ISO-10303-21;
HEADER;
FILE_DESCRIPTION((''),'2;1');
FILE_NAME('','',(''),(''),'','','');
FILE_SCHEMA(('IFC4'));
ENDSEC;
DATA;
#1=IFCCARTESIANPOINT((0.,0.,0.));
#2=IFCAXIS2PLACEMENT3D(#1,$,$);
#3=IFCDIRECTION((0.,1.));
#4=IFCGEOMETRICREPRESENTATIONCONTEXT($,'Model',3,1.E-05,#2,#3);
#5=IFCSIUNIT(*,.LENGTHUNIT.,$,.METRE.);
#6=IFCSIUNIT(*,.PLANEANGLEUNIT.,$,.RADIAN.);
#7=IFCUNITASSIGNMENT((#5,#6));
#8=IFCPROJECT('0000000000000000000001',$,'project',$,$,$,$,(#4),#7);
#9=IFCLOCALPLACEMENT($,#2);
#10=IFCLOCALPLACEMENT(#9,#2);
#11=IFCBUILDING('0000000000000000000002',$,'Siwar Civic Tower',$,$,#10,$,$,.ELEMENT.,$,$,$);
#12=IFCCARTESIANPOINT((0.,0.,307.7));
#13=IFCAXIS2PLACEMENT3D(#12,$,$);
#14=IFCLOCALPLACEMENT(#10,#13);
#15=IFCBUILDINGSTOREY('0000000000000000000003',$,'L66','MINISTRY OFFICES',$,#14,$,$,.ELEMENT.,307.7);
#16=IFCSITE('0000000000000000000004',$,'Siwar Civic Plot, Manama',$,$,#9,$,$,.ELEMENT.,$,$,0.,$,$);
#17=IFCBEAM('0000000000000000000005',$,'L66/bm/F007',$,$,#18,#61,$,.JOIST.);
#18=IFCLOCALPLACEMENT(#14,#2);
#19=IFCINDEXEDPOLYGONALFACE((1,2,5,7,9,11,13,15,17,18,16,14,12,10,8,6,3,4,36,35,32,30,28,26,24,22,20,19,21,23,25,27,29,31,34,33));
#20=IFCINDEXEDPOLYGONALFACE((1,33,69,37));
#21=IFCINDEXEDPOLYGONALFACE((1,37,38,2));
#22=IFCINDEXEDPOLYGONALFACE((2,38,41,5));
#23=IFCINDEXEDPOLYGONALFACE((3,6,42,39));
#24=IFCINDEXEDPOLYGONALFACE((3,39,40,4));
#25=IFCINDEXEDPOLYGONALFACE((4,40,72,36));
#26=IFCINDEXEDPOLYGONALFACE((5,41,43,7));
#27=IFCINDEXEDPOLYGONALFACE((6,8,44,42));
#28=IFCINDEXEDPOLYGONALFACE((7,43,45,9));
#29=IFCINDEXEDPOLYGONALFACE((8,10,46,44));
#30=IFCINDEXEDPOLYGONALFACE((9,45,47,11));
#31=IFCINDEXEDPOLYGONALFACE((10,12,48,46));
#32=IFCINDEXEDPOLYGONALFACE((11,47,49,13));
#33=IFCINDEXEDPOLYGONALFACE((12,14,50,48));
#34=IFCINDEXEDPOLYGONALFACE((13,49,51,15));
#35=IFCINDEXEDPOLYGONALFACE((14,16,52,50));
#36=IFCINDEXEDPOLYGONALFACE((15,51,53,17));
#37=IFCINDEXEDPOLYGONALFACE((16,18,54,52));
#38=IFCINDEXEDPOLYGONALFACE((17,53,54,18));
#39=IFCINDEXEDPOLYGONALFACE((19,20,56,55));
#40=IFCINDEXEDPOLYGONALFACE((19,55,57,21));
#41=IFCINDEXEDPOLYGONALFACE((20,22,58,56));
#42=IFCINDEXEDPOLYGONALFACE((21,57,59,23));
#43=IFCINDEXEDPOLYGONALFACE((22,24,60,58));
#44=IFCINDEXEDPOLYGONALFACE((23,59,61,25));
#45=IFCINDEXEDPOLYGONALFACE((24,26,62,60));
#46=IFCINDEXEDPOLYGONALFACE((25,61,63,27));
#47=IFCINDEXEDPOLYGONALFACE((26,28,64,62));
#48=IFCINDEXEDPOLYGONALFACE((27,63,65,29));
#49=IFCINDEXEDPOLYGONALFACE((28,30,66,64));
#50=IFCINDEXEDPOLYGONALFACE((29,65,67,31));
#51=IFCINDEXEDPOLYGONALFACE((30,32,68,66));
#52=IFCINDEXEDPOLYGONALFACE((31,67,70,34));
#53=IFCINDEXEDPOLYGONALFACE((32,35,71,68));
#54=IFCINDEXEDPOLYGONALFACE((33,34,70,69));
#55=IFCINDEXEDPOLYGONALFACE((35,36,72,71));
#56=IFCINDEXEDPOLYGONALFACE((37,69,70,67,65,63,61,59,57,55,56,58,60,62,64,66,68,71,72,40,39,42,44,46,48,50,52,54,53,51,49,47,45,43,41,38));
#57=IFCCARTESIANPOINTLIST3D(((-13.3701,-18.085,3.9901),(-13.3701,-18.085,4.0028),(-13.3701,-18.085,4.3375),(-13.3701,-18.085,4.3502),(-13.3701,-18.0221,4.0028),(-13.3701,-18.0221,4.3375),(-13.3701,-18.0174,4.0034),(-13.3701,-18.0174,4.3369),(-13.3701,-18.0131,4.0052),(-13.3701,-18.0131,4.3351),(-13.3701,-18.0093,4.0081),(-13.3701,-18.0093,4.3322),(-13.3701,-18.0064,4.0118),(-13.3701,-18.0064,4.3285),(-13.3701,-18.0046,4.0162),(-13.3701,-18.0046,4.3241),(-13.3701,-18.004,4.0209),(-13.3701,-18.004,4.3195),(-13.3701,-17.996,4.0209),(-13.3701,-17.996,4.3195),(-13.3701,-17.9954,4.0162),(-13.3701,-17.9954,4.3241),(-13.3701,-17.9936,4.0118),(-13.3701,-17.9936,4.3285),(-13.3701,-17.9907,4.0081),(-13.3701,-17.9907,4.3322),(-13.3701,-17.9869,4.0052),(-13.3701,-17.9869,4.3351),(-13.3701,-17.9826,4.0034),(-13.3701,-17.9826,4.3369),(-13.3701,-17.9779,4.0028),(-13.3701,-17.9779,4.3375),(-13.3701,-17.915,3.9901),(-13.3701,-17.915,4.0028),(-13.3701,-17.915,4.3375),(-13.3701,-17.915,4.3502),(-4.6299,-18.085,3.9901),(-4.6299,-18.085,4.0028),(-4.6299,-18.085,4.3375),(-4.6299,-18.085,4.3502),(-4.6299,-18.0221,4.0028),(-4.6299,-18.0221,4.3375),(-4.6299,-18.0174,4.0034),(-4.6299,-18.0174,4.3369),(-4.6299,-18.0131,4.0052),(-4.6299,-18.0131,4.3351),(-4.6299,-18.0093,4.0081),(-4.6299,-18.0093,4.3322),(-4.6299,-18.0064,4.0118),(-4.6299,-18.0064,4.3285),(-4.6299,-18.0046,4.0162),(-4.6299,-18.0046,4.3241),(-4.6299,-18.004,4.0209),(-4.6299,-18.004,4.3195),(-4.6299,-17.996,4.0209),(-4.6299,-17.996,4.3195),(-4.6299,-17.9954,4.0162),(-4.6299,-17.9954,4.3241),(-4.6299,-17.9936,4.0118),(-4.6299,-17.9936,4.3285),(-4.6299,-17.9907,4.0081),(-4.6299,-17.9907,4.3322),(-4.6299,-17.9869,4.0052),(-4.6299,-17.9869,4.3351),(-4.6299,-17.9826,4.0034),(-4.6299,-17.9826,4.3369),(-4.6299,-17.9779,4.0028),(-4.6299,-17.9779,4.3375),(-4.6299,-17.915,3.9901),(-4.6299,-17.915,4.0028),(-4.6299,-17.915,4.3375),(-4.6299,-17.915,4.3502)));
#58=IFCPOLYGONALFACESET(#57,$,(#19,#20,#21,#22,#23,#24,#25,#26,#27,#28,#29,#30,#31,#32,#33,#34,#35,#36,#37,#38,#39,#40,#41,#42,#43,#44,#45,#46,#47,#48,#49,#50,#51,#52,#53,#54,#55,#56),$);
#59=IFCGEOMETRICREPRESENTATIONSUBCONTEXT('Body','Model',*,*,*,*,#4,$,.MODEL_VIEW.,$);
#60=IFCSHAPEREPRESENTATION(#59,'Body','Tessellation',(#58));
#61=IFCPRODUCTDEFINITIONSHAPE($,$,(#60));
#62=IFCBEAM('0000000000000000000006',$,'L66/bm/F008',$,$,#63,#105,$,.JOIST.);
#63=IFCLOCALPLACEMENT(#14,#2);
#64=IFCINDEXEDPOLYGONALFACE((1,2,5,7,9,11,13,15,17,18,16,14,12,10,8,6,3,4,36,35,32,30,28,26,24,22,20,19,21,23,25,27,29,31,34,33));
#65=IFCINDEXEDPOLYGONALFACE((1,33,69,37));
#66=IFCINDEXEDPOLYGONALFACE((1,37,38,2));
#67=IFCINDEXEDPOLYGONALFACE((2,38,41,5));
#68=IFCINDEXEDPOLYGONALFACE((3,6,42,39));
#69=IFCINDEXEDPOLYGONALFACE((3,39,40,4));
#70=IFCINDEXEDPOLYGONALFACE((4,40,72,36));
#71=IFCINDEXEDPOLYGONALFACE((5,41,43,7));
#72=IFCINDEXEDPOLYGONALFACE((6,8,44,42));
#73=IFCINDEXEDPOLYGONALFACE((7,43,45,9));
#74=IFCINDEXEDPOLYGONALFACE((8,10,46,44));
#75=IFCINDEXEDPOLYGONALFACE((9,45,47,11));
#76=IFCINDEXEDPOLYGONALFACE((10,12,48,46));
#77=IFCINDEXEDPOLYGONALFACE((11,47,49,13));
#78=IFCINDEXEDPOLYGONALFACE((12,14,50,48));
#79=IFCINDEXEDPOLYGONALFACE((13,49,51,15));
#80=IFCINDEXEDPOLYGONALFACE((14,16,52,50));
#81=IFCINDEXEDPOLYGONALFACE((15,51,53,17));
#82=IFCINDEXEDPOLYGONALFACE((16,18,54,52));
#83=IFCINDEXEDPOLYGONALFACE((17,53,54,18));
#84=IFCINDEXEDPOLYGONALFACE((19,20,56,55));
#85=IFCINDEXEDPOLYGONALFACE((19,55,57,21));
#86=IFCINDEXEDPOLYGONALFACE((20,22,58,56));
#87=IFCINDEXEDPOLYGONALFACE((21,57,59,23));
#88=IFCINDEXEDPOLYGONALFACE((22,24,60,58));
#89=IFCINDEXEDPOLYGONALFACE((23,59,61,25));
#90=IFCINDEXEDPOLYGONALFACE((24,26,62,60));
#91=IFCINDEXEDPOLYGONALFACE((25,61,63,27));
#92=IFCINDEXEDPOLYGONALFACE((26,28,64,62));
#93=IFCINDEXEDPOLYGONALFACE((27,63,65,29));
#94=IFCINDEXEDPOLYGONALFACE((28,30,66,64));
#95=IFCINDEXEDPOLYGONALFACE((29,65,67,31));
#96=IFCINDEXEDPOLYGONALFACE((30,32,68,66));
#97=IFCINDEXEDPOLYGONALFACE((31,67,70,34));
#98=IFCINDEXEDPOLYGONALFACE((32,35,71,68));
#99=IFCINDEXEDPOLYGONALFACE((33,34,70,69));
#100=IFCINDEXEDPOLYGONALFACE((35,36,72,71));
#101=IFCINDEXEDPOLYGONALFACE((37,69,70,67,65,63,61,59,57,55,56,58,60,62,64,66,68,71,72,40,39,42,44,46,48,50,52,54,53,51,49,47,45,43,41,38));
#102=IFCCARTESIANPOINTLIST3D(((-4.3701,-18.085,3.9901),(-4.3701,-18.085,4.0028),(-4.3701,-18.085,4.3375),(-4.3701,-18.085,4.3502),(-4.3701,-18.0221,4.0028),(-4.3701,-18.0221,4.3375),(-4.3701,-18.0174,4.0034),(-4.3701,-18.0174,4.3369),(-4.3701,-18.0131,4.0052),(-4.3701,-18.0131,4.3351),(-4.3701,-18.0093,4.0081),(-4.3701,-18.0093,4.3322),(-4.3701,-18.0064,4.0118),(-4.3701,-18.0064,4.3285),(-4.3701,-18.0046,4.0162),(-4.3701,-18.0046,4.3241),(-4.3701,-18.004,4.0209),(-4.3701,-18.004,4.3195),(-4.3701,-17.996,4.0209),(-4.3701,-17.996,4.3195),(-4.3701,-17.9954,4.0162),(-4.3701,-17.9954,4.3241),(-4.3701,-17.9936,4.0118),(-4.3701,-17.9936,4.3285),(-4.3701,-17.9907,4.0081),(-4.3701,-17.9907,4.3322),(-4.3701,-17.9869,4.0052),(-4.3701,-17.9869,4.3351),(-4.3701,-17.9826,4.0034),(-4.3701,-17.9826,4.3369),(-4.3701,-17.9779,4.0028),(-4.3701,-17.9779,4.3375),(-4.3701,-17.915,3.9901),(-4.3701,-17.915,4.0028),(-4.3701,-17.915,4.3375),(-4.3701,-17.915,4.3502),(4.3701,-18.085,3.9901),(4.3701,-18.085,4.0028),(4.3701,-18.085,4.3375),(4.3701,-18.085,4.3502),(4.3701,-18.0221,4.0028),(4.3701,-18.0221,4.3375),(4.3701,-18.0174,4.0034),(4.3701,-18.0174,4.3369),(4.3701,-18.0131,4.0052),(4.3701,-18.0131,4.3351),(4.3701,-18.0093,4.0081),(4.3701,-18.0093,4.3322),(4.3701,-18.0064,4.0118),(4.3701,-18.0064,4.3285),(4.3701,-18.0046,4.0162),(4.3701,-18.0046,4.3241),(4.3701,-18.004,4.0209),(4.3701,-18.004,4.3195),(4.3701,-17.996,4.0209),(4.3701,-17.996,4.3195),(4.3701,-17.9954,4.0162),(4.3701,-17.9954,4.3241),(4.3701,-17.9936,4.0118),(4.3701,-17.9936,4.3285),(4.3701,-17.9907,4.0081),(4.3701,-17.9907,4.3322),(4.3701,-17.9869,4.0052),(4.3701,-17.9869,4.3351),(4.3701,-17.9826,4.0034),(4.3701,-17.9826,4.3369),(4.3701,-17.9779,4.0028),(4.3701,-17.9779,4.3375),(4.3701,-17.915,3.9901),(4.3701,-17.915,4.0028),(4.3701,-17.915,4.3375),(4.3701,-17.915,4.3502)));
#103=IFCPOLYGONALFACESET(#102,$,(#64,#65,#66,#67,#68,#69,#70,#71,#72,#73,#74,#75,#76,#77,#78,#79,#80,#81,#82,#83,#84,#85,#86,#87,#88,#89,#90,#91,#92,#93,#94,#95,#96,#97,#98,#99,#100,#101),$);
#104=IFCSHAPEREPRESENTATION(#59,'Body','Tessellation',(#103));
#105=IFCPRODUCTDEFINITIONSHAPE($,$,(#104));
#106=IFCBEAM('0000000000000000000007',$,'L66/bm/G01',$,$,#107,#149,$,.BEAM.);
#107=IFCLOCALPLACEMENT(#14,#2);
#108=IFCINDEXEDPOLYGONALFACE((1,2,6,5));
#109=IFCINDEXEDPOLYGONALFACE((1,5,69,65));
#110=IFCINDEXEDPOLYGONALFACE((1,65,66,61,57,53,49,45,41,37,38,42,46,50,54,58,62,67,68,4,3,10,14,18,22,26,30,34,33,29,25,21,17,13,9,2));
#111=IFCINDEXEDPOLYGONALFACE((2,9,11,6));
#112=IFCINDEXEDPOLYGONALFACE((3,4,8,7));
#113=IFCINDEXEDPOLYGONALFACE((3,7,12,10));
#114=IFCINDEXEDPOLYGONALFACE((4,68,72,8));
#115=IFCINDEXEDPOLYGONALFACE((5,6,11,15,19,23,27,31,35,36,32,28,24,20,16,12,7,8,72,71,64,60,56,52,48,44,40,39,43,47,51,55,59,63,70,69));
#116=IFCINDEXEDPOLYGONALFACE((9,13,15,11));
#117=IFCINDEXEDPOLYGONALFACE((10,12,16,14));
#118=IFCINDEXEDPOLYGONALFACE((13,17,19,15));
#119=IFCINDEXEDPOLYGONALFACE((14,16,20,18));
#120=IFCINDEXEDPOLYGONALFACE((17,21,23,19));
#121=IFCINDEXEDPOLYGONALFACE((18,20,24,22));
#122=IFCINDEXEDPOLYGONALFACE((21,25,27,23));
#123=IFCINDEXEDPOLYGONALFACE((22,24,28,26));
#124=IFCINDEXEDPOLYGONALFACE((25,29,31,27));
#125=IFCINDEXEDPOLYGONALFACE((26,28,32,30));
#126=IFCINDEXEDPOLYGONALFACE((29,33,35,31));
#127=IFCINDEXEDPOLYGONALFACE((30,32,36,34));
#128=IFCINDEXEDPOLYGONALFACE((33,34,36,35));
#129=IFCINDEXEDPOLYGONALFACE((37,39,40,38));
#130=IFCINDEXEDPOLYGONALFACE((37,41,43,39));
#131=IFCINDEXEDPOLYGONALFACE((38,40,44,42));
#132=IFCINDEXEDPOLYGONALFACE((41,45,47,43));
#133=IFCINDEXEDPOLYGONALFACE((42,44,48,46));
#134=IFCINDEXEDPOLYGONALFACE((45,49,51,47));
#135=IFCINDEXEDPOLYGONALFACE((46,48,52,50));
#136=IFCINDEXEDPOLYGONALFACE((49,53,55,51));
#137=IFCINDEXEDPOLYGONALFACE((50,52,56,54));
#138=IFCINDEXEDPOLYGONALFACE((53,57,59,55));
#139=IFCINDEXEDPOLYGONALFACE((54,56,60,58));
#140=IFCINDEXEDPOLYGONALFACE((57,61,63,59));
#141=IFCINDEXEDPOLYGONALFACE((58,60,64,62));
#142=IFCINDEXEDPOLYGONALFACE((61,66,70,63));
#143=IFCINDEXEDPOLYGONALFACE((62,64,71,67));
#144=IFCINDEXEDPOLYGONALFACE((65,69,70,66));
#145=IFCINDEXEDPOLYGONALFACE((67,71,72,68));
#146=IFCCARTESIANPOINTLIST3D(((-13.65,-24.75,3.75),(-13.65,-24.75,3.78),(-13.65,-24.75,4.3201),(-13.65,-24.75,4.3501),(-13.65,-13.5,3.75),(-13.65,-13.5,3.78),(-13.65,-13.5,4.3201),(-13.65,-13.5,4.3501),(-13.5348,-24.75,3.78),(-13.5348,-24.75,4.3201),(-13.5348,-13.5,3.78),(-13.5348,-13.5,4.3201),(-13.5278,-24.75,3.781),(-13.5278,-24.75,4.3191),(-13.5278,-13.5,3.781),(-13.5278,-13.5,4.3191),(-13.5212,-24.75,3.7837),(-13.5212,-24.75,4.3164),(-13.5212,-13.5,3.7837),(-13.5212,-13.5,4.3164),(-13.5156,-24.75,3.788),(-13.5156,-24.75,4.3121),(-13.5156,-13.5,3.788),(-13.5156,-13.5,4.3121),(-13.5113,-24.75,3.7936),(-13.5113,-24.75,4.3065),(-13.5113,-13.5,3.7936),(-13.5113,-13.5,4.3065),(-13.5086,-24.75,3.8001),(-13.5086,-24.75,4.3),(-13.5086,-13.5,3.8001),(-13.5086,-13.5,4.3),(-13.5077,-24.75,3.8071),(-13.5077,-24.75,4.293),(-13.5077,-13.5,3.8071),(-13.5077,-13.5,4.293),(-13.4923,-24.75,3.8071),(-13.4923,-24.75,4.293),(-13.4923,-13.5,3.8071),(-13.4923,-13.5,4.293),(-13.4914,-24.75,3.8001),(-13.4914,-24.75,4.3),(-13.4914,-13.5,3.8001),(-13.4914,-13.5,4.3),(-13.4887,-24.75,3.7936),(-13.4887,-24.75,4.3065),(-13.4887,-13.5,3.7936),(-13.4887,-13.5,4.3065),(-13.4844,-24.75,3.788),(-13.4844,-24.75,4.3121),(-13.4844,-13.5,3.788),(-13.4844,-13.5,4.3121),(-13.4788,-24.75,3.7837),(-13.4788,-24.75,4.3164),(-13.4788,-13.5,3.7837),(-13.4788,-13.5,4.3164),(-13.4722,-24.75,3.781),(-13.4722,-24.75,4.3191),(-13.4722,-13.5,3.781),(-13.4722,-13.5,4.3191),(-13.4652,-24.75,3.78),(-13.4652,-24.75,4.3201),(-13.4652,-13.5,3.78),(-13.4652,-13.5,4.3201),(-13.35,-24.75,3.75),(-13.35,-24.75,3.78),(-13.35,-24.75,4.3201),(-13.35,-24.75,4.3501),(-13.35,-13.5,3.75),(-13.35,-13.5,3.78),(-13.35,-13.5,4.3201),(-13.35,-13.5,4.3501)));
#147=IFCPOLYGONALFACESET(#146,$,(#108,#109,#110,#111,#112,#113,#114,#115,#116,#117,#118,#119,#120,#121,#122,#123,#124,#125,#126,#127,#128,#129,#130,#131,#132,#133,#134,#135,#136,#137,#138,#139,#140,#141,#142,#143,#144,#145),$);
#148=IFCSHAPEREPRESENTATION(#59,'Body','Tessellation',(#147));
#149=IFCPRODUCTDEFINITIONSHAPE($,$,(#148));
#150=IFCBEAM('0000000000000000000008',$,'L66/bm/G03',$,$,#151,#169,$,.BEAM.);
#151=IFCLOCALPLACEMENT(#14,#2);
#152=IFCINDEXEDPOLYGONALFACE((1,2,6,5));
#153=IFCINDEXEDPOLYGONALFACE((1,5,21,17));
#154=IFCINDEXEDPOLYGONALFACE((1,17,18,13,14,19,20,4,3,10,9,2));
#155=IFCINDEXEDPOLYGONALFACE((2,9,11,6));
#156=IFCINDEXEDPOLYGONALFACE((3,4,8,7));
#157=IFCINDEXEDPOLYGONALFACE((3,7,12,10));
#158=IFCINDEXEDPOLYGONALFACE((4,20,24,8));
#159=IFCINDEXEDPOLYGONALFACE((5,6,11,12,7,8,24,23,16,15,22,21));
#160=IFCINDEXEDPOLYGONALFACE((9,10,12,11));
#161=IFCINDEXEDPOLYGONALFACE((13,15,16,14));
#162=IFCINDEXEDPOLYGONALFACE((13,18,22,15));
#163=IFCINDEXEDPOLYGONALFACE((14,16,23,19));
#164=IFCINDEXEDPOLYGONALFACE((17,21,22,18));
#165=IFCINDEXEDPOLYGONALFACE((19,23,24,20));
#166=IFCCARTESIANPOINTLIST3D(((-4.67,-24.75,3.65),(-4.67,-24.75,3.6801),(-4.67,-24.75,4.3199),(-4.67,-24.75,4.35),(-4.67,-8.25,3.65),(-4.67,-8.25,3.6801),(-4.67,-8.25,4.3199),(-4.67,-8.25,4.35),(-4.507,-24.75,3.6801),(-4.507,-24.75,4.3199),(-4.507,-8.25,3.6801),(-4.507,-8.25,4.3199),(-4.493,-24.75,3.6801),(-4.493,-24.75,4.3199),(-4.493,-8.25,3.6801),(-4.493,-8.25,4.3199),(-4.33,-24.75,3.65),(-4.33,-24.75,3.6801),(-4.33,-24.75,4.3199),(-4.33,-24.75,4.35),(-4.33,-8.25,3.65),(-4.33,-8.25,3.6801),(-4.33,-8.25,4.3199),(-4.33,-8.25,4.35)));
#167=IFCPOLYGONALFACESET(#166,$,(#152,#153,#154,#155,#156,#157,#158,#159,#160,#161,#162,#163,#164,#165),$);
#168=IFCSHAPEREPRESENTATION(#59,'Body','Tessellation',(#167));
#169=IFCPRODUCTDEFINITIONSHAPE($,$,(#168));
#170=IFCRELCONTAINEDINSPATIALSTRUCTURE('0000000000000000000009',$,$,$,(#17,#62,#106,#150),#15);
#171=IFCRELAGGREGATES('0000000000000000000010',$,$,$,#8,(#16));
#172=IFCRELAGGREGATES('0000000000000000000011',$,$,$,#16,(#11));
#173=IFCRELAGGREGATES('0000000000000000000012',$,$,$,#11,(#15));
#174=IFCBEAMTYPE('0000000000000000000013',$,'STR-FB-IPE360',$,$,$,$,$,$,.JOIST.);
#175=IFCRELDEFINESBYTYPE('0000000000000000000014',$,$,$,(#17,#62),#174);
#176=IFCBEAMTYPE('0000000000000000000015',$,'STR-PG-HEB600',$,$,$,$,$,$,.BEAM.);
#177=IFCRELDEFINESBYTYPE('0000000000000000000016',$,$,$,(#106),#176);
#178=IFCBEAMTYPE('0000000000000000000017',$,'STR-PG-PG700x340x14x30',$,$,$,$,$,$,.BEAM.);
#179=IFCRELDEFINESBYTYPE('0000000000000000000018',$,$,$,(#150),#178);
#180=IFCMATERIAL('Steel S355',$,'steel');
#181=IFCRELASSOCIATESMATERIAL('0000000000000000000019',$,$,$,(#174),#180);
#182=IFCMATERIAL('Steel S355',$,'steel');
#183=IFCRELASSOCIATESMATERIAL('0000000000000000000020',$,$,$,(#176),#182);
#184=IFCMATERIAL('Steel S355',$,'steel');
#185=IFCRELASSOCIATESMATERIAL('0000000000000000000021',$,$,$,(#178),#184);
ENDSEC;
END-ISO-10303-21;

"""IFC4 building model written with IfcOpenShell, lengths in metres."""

from ifc_helpers import new_model, si_unit, direction, frame, origin, origin_2d, place, context, subcontext, project, spatial, i_section, extrude, material, material_profile, profile_set, type_object, element, save


model = new_model("IFC4")

# Units and contexts
model_context = context("Model", 3, precision=1e-05, world=origin(), true_north=direction((0.0, 1.0)))
body_context = subcontext(model_context, "Body", "Model", "MODEL_VIEW")
ifc_project = project(units=[si_unit("LENGTHUNIT", "METRE"), si_unit("PLANEANGLEUNIT", "RADIAN")], contexts=[model_context])

# Site, building, storey
site_placement = place(None, origin())
site = spatial("IfcSite", under=ifc_project, at=site_placement, Name="Siwar Civic Plot, Manama", CompositionType="ELEMENT", RefElevation=0.0)
building_placement = place(site_placement, origin())
building = spatial("IfcBuilding", under=site, at=building_placement, Name="Siwar Civic Tower", CompositionType="ELEMENT")
storey_placement = place(building_placement, frame((0.0, 0.0, 307.7)))
storey = spatial("IfcBuildingStorey", under=building, at=storey_placement, Name="L66", Description="MINISTRY OFFICES", CompositionType="ELEMENT", Elevation=307.7)

# Beams
ifc_material_1 = material(Name="Steel S355", Category="steel")
ifc_material_profile_1 = material_profile(ifc_material_1, i_section(OverallWidth=0.1699, OverallDepth=0.3601, WebThickness=0.0081, FlangeThickness=0.0127, FilletRadius=0.0181, at=origin_2d()), Name="IPE360")
ifc_profile_set_1 = profile_set([ifc_material_profile_1], Name="Steel S355")
beam_type_1 = type_object("IfcBeamType", Name="STR-FB-IPE360", PredefinedType="JOIST", material=ifc_profile_set_1)
for number, where, z_axis, x_axis, name in (
    (1, (-13.3701, -18.0, 4.1702), (1.0, 0.0, 0.0), (0.0, 1.0, 0.0), "L66/bm/F007"),
    (2, (-4.3701, -18.0, 4.1702), (1.0, 0.0, 0.0), (0.0, 1.0, 0.0), "L66/bm/F008"),
):
    element("IfcBeam", number, at=place(storey_placement, frame(where, z_axis=z_axis, x_axis=x_axis)), inside=storey, type_object=beam_type_1, Name=name, PredefinedType="JOIST", context=body_context, shape_type="SweptSolid", body=[
        extrude(i_section(OverallWidth=0.1699, OverallDepth=0.3601, WebThickness=0.0081, FlangeThickness=0.0127, FilletRadius=0.0181, at=origin_2d()), origin(), (0.0, 0.0, 1.0), 8.7402),
    ])
ifc_material_2 = material(Name="Steel S355", Category="steel")
ifc_material_profile_2 = material_profile(ifc_material_2, i_section(OverallWidth=0.3, OverallDepth=0.6001, WebThickness=0.0154, FlangeThickness=0.03, FilletRadius=0.0271, at=origin_2d()), Name="HEB600")
ifc_profile_set_2 = profile_set([ifc_material_profile_2], Name="Steel S355")
beam_type_2 = type_object("IfcBeamType", Name="STR-PG-HEB600", PredefinedType="BEAM", material=ifc_profile_set_2)
beam_1_placement = place(storey_placement, frame((-13.5, -24.75, 4.05), z_axis=(0.0, 1.0, 0.0), x_axis=(-1.0, 0.0, 0.0)))
element("IfcBeam", 3, at=beam_1_placement, inside=storey, type_object=beam_type_2, Name="L66/bm/G01", PredefinedType="BEAM", context=body_context, shape_type="SweptSolid", body=[
    extrude(i_section(OverallWidth=0.3, OverallDepth=0.6001, WebThickness=0.0154, FlangeThickness=0.03, FilletRadius=0.0271, at=origin_2d()), origin(), (0.0, 0.0, 1.0), 11.25),
])
ifc_material_3 = material(Name="Steel S355", Category="steel")
ifc_material_profile_3 = material_profile(ifc_material_3, i_section(OverallWidth=0.3401, OverallDepth=0.7, WebThickness=0.0139, FlangeThickness=0.03, at=origin_2d()), Name="PG700x340x14x30")
ifc_profile_set_3 = profile_set([ifc_material_profile_3], Name="Steel S355")
beam_type_3 = type_object("IfcBeamType", Name="STR-PG-PG700x340x14x30", PredefinedType="BEAM", material=ifc_profile_set_3)
beam_2_placement = place(storey_placement, frame((-4.5, -24.75, 4.0), z_axis=(0.0, 1.0, 0.0), x_axis=(-1.0, 0.0, 0.0)))
element("IfcBeam", 4, at=beam_2_placement, inside=storey, type_object=beam_type_3, Name="L66/bm/G03", PredefinedType="BEAM", context=body_context, shape_type="SweptSolid", body=[
    extrude(i_section(OverallWidth=0.3401, OverallDepth=0.7, WebThickness=0.0139, FlangeThickness=0.03, at=origin_2d()), origin(), (0.0, 0.0, 1.0), 16.5),
])

save(model, "model.ifc")
